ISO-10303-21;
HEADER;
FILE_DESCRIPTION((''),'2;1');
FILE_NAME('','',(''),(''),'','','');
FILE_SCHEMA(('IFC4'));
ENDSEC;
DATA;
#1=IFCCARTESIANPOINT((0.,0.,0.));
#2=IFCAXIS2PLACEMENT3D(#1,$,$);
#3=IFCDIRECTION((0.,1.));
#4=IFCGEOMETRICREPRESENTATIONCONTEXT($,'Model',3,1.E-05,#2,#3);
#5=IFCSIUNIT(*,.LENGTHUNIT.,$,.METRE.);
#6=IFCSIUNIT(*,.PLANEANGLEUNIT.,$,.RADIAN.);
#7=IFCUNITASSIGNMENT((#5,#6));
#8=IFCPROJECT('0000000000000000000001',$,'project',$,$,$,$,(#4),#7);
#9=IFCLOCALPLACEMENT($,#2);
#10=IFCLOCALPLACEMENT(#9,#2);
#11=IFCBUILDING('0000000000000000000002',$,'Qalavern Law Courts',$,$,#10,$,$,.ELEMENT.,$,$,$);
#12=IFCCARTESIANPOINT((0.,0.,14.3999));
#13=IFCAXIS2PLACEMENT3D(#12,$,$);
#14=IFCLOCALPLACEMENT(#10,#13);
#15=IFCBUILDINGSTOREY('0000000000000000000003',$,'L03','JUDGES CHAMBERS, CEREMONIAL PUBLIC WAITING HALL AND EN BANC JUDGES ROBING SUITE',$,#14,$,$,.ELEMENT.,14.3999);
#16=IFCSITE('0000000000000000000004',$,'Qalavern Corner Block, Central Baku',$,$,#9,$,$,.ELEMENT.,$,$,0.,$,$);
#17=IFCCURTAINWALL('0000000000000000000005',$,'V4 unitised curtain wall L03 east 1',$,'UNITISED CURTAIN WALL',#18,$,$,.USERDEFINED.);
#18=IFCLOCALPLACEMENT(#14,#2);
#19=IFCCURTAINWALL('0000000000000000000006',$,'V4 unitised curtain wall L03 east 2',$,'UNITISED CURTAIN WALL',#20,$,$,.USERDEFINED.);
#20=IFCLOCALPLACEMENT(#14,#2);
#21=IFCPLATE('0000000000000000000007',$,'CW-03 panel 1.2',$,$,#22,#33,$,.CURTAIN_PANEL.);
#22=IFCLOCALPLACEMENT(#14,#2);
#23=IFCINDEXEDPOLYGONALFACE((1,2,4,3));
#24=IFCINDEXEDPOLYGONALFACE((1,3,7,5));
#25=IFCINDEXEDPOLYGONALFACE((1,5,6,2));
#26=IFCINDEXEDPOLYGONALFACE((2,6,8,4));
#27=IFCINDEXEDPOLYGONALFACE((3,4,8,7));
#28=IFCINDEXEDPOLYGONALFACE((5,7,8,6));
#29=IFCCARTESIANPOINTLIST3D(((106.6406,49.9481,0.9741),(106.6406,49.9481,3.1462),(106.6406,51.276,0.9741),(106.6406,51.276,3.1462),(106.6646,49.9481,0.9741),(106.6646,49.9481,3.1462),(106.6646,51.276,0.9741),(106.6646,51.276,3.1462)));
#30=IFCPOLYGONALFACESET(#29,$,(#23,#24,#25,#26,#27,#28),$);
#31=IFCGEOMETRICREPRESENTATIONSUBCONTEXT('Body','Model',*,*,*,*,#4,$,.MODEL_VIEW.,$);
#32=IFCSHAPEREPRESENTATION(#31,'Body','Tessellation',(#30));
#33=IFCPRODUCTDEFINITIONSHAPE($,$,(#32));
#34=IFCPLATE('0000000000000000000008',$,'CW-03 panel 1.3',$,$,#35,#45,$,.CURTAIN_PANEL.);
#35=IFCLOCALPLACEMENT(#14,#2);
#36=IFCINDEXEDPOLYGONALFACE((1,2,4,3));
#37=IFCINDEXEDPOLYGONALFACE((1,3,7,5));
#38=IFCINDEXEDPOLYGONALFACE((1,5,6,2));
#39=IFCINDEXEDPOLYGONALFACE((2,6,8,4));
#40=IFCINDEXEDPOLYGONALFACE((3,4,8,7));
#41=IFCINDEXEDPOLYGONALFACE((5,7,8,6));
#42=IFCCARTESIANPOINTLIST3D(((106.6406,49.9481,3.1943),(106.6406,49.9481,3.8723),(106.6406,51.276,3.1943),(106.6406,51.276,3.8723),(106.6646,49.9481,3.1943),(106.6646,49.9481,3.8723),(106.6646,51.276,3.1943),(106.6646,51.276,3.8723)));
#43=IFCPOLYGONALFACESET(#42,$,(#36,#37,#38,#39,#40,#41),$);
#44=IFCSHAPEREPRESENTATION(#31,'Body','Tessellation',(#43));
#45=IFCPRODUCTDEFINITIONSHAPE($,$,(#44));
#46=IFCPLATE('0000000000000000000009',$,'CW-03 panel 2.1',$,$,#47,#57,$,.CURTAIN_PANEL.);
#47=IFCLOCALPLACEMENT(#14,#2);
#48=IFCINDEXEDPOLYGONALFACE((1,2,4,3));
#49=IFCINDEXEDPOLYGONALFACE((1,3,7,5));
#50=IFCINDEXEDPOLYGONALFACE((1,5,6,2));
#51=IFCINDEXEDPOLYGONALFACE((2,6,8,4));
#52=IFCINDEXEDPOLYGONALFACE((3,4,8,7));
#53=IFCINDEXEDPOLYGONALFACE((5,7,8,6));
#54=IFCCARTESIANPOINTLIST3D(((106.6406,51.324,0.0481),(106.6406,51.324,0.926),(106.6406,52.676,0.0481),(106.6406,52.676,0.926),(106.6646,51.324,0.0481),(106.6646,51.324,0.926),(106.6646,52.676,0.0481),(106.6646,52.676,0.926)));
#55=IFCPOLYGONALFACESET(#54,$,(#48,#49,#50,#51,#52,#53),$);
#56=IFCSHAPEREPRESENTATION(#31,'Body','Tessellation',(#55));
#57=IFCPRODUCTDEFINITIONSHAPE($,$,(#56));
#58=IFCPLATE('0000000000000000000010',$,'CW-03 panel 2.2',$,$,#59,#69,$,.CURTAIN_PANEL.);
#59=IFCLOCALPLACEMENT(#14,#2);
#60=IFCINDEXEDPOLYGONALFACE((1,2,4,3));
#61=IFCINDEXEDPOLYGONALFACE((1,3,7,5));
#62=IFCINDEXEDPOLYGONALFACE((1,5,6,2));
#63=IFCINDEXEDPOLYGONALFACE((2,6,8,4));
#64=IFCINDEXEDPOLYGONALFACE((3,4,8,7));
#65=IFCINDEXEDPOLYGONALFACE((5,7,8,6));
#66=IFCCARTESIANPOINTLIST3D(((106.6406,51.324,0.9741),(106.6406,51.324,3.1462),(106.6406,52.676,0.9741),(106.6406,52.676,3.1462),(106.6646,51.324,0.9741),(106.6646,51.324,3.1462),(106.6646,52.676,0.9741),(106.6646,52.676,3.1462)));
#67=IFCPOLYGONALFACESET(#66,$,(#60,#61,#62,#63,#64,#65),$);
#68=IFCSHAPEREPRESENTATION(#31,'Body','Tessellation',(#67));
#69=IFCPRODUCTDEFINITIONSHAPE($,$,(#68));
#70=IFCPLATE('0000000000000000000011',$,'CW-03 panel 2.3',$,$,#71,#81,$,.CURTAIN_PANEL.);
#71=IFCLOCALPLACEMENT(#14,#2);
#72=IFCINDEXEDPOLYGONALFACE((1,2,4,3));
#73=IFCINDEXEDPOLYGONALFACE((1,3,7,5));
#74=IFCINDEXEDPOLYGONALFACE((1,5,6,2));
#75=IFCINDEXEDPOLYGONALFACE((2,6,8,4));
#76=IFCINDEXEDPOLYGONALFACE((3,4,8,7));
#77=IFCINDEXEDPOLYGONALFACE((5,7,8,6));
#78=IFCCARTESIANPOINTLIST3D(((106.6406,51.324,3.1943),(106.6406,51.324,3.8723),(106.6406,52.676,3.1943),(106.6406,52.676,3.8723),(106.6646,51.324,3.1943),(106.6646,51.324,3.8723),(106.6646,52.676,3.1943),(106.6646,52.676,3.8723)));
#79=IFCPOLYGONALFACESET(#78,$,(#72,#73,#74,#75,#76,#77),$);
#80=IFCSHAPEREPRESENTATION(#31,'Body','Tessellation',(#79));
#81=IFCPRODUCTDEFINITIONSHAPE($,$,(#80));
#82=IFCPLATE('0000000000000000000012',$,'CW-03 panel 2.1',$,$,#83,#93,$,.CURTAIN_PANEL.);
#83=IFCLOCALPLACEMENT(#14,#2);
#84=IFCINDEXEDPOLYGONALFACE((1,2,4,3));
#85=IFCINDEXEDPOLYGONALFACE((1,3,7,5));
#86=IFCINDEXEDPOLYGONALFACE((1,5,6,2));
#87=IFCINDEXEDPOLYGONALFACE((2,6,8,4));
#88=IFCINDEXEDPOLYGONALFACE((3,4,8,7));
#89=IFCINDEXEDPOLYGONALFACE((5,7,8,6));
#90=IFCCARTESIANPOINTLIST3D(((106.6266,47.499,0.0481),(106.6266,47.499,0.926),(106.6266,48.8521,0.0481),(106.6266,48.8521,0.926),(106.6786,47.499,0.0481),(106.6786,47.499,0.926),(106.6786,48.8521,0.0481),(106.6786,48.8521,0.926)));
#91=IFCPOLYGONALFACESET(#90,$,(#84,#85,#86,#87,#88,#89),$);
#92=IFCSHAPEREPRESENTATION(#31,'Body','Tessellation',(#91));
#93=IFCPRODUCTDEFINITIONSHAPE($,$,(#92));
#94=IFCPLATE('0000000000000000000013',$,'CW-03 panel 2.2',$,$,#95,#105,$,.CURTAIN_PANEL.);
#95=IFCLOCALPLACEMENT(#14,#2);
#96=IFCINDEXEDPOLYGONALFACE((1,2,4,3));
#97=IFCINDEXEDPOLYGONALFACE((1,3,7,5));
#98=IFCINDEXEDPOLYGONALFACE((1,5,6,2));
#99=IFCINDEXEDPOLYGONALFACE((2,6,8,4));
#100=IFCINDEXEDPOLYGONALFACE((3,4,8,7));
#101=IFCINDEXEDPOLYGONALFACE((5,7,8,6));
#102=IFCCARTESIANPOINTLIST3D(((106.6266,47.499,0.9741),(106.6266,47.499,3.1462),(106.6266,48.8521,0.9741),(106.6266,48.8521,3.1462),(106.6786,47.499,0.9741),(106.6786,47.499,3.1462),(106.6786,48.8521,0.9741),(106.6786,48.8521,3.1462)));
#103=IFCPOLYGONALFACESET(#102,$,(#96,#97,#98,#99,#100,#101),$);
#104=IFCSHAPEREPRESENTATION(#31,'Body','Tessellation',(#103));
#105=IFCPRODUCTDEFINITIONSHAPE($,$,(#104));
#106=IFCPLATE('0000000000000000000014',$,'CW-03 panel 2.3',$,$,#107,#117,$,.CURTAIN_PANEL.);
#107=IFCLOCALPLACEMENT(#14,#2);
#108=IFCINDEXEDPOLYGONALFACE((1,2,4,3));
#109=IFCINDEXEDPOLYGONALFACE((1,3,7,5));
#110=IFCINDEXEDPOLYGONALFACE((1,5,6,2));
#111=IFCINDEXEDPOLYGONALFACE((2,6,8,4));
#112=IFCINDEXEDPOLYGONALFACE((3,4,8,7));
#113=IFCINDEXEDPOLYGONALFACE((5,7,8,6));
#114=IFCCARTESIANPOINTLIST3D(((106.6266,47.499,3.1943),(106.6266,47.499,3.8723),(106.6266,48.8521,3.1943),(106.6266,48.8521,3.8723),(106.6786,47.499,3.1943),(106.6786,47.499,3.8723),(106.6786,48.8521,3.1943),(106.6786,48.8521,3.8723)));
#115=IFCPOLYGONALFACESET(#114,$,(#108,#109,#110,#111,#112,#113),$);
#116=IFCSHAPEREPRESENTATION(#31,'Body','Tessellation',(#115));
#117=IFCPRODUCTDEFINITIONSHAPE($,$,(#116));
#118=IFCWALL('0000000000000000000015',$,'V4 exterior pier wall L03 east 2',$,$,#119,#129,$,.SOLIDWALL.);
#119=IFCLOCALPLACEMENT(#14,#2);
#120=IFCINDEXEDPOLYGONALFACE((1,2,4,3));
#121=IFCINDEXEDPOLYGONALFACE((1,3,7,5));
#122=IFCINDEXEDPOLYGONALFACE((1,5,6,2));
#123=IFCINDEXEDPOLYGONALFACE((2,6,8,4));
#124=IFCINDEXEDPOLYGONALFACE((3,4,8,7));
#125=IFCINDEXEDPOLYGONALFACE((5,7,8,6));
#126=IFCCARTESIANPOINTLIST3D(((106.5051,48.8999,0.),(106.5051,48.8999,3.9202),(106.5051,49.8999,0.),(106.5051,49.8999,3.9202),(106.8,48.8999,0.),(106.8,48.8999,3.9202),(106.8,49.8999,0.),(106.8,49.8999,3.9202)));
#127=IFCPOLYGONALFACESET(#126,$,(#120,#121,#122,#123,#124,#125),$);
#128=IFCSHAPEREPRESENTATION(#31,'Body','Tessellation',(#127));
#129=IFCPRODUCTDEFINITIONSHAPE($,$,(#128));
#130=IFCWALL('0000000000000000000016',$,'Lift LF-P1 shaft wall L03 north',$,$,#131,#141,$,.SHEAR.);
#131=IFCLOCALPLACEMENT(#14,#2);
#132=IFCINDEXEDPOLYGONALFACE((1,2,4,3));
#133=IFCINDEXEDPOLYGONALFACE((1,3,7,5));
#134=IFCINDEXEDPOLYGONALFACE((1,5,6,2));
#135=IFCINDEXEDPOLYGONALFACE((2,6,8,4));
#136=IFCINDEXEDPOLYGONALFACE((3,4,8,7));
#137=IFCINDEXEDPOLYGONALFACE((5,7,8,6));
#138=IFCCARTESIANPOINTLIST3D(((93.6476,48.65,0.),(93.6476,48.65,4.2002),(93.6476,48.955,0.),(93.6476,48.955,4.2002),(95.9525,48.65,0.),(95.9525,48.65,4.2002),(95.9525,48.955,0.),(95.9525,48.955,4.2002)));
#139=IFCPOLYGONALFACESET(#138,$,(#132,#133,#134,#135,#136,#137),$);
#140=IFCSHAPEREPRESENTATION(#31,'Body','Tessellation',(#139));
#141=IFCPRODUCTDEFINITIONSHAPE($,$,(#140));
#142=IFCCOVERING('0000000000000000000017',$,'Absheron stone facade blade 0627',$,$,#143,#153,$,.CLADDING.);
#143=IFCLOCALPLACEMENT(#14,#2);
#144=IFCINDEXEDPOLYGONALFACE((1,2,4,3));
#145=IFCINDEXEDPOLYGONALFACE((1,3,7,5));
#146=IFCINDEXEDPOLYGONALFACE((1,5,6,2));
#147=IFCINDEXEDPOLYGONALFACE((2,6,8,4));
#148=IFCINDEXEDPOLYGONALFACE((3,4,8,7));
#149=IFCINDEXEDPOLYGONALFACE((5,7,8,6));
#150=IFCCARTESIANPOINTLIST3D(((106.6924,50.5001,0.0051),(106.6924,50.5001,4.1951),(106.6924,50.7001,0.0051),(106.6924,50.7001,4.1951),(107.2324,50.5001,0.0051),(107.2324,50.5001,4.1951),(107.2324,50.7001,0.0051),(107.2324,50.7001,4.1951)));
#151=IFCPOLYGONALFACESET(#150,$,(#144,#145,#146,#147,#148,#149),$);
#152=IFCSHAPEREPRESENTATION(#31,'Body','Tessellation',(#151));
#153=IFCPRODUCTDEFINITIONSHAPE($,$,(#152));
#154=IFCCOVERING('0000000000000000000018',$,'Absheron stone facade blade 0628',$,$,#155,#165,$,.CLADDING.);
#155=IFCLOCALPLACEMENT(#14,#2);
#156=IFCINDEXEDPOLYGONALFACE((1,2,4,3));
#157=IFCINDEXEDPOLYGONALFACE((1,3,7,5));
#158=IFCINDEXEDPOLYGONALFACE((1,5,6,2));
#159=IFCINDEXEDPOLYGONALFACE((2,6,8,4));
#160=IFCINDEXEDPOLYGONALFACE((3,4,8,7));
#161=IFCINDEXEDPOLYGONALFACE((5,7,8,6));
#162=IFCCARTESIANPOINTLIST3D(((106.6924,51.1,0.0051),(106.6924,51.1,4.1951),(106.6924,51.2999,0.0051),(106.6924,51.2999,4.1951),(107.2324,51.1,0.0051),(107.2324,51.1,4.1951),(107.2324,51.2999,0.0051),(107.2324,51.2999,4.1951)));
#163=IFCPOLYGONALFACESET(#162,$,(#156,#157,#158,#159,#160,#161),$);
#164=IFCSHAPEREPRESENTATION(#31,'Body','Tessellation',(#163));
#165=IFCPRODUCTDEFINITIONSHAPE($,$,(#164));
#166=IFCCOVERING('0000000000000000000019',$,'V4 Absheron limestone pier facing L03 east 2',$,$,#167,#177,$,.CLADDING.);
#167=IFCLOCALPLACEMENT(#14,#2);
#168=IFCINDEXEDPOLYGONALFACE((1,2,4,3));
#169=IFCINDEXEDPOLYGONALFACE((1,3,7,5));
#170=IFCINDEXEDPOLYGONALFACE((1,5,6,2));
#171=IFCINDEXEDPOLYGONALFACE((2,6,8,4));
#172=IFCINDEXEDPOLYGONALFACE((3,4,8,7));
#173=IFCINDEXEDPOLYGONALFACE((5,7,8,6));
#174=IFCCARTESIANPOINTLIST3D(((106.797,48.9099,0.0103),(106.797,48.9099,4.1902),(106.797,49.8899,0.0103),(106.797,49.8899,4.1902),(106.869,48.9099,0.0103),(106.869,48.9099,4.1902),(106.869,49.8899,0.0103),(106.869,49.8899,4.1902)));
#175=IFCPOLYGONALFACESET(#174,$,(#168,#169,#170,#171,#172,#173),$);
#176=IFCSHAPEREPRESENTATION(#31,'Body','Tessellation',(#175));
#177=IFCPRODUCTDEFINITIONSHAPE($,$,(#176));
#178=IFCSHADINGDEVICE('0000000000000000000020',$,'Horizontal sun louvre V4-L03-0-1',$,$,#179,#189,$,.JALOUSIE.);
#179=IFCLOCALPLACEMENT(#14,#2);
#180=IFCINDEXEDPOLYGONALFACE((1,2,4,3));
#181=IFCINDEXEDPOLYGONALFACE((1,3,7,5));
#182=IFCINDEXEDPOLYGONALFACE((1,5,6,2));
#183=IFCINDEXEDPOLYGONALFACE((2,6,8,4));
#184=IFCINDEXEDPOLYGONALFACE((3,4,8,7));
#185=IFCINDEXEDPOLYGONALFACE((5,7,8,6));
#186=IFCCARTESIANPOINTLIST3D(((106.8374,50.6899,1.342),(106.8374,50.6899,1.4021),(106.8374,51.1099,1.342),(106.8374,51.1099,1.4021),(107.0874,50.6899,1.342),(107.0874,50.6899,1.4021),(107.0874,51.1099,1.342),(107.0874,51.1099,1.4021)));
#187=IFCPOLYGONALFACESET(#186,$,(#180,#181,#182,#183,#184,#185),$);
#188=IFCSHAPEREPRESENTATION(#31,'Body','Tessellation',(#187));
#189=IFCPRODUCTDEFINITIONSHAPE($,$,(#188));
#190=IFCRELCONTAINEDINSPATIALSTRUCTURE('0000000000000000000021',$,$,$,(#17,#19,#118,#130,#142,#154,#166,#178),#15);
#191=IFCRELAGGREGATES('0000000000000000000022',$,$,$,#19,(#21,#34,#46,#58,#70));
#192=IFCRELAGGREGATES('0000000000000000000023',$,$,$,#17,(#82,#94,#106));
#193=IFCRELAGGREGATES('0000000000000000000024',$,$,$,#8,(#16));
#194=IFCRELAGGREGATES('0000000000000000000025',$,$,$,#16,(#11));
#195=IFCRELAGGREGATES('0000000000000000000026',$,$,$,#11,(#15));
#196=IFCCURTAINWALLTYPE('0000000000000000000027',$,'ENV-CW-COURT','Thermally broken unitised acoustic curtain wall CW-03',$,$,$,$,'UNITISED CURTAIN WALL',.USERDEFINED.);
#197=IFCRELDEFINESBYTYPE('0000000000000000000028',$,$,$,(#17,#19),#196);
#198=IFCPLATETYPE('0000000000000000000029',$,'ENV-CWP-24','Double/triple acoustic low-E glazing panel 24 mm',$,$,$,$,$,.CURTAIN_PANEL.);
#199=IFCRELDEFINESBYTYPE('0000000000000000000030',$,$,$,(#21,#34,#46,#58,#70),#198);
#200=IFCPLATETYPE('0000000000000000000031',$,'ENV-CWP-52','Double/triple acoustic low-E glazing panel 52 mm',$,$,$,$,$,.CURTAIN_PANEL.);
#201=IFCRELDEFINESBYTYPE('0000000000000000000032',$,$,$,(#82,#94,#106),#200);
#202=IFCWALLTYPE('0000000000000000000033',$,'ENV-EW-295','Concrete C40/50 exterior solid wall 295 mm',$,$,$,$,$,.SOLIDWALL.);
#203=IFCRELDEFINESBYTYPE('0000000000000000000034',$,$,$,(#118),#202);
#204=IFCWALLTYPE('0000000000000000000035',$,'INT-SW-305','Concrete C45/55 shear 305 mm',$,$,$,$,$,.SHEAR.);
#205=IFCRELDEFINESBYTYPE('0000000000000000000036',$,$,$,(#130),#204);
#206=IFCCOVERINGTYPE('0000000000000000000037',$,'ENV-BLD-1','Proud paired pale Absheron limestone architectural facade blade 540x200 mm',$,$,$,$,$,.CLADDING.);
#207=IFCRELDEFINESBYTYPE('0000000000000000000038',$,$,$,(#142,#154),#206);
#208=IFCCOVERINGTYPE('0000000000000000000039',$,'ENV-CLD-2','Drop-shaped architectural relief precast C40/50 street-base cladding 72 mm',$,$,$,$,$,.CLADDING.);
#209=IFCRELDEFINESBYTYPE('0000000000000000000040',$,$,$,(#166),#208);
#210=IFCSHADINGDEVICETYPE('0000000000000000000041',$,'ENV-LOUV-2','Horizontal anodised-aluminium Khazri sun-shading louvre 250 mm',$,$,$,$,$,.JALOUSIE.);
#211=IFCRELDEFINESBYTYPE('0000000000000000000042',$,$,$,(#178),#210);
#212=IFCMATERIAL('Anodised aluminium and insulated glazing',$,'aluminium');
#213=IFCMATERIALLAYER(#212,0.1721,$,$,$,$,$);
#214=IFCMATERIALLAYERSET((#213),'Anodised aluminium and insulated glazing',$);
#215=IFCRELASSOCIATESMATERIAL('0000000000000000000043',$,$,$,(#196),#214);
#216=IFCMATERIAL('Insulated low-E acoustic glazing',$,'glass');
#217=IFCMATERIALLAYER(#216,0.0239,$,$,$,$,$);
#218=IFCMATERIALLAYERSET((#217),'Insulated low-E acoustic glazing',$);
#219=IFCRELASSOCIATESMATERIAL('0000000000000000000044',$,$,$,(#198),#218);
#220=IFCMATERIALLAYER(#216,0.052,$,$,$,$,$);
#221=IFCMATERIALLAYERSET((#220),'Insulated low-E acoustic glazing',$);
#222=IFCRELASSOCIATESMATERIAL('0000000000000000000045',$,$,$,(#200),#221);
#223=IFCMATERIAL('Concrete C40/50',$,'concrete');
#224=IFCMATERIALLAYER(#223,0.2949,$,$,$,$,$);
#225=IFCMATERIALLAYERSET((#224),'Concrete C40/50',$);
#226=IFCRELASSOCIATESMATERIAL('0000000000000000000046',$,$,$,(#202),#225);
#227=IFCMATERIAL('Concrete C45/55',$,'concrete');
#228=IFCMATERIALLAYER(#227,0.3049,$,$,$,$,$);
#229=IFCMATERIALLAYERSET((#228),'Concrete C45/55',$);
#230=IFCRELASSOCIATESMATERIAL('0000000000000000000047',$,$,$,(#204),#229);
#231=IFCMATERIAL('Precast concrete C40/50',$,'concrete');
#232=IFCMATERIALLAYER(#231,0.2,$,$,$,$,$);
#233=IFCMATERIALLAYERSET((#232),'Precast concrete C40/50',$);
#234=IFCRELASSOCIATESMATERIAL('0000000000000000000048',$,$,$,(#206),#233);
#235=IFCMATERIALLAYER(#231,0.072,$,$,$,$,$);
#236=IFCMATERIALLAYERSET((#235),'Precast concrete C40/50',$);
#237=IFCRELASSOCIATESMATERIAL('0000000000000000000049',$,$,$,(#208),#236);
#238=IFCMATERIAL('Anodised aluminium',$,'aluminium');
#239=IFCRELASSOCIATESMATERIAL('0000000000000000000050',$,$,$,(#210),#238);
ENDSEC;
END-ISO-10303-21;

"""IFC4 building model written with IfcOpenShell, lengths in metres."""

from ifc_helpers import new_model, si_unit, direction, frame, frame_2d, origin, origin_2d, place, context, subcontext, project, spatial, rectangle, extrude, material, layer, layer_set, type_object, element, aggregate, save


model = new_model("IFC4")

# Units and contexts
model_context = context("Model", 3, precision=1e-05, world=origin(), true_north=direction((0.0, 1.0)))
body_context = subcontext(model_context, "Body", "Model", "MODEL_VIEW")
ifc_project = project(units=[si_unit("LENGTHUNIT", "METRE"), si_unit("PLANEANGLEUNIT", "RADIAN")], contexts=[model_context])

# Site, building, storey
site_placement = place(None, origin())
site = spatial("IfcSite", under=ifc_project, at=site_placement, Name="Qalavern Corner Block, Central Baku", CompositionType="ELEMENT", RefElevation=0.0)
building_placement = place(site_placement, origin())
building = spatial("IfcBuilding", under=site, at=building_placement, Name="Qalavern Law Courts", CompositionType="ELEMENT")
storey_placement = place(building_placement, frame((0.0, 0.0, 14.3999)))
storey = spatial("IfcBuildingStorey", under=building, at=storey_placement, Name="L03", Description="JUDGES CHAMBERS, CEREMONIAL PUBLIC WAITING HALL AND EN BANC JUDGES ROBING SUITE", CompositionType="ELEMENT", Elevation=14.3999)

# Shared definitions
ifc_material_1 = material(Name="Concrete C45/55", Category="concrete")

# Curtain wall
ifc_material_2 = material(Name="Anodised aluminium and insulated glazing", Category="aluminium")
ifc_layer_1 = layer(ifc_material_2, 0.1721)
ifc_layer_set_1 = layer_set([ifc_layer_1], Name="Anodised aluminium and insulated glazing")
curtain_wall_type = type_object("IfcCurtainWallType", Name="ENV-CW-COURT", Description="Thermally broken unitised acoustic curtain wall CW-03", ElementType="UNITISED CURTAIN WALL", PredefinedType="USERDEFINED", material=ifc_layer_set_1)
curtain_wall_1_placement = place(storey_placement, origin())
curtain_wall_1 = element("IfcCurtainWall", 1, at=curtain_wall_1_placement, inside=storey, type_object=curtain_wall_type, Name="V4 unitised curtain wall L03 east 1", ObjectType="UNITISED CURTAIN WALL", PredefinedType="USERDEFINED")
ifc_material_3 = material(Name="Anodised aluminium", Category="aluminium")

# Curtain wall
curtain_wall_2_placement = place(storey_placement, origin())
curtain_wall_2 = element("IfcCurtainWall", 2, at=curtain_wall_2_placement, inside=storey, type_object=curtain_wall_type, Name="V4 unitised curtain wall L03 east 2", ObjectType="UNITISED CURTAIN WALL", PredefinedType="USERDEFINED")

# Plates
ifc_material_4 = material(Name="Insulated low-E acoustic glazing", Category="glass")
ifc_layer_2 = layer(ifc_material_4, 0.0239)
ifc_layer_set_2 = layer_set([ifc_layer_2], Name="Insulated low-E acoustic glazing")
plate_type_1 = type_object("IfcPlateType", Name="ENV-CWP-24", Description="Double/triple acoustic low-E glazing panel 24 mm", PredefinedType="CURTAIN_PANEL", material=ifc_layer_set_2)
plate_1_placement = place(storey_placement, frame((106.6526, 50.6121, 0.9741), z_axis=(0.0, 0.0, 1.0), x_axis=(0.0, 1.0, 0.0)))
plate_1 = element("IfcPlate", 3, at=plate_1_placement, type_object=plate_type_1, Name="CW-03 panel 1.2", PredefinedType="CURTAIN_PANEL", context=body_context, shape_type="SweptSolid", body=[
    extrude(rectangle(XDim=1.3279, YDim=0.0239, at=origin_2d()), origin(), (0.0, 0.0, 1.0), 2.1721),
])
plate_2_placement = place(storey_placement, frame((106.6526, 50.6121, 3.1943), z_axis=(0.0, 0.0, 1.0), x_axis=(0.0, 1.0, 0.0)))
plate_2 = element("IfcPlate", 4, at=plate_2_placement, type_object=plate_type_1, Name="CW-03 panel 1.3", PredefinedType="CURTAIN_PANEL", context=body_context, shape_type="SweptSolid", body=[
    extrude(rectangle(XDim=1.3279, YDim=0.0239, at=origin_2d()), origin(), (0.0, 0.0, 1.0), 0.678),
])
plate_3_placement = place(storey_placement, frame((106.6526, 52.0, 0.0481), z_axis=(0.0, 0.0, 1.0), x_axis=(0.0, 1.0, 0.0)))
plate_3 = element("IfcPlate", 5, at=plate_3_placement, type_object=plate_type_1, Name="CW-03 panel 2.1", PredefinedType="CURTAIN_PANEL", context=body_context, shape_type="SweptSolid", body=[
    extrude(rectangle(XDim=1.3521, YDim=0.0239, at=origin_2d()), origin(), (0.0, 0.0, 1.0), 0.8779),
])
plate_4_placement = place(storey_placement, frame((106.6526, 52.0, 0.9741), z_axis=(0.0, 0.0, 1.0), x_axis=(0.0, 1.0, 0.0)))
plate_4 = element("IfcPlate", 6, at=plate_4_placement, type_object=plate_type_1, Name="CW-03 panel 2.2", PredefinedType="CURTAIN_PANEL", context=body_context, shape_type="SweptSolid", body=[
    extrude(rectangle(XDim=1.3521, YDim=0.0239, at=origin_2d()), origin(), (0.0, 0.0, 1.0), 2.1721),
])
plate_5_placement = place(storey_placement, frame((106.6526, 52.0, 3.1943), z_axis=(0.0, 0.0, 1.0), x_axis=(0.0, 1.0, 0.0)))
plate_5 = element("IfcPlate", 7, at=plate_5_placement, type_object=plate_type_1, Name="CW-03 panel 2.3", PredefinedType="CURTAIN_PANEL", context=body_context, shape_type="SweptSolid", body=[
    extrude(rectangle(XDim=1.3521, YDim=0.0239, at=origin_2d()), origin(), (0.0, 0.0, 1.0), 0.678),
])
aggregate(curtain_wall_2, [plate_1, plate_2, plate_3, plate_4, plate_5])
ifc_layer_3 = layer(ifc_material_4, 0.052)
ifc_layer_set_3 = layer_set([ifc_layer_3], Name="Insulated low-E acoustic glazing")
plate_type_2 = type_object("IfcPlateType", Name="ENV-CWP-52", Description="Double/triple acoustic low-E glazing panel 52 mm", PredefinedType="CURTAIN_PANEL", material=ifc_layer_set_3)
plate_6_placement = place(storey_placement, frame((106.6526, 48.1755, 0.0481), z_axis=(0.0, 0.0, 1.0), x_axis=(0.0, 1.0, 0.0)))
plate_6 = element("IfcPlate", 8, at=plate_6_placement, type_object=plate_type_2, Name="CW-03 panel 2.1", PredefinedType="CURTAIN_PANEL", context=body_context, shape_type="SweptSolid", body=[
    extrude(rectangle(XDim=1.353, YDim=0.052, at=origin_2d()), origin(), (0.0, 0.0, 1.0), 0.8779),
])
plate_7_placement = place(storey_placement, frame((106.6526, 48.1755, 0.9741), z_axis=(0.0, 0.0, 1.0), x_axis=(0.0, 1.0, 0.0)))
plate_7 = element("IfcPlate", 9, at=plate_7_placement, type_object=plate_type_2, Name="CW-03 panel 2.2", PredefinedType="CURTAIN_PANEL", context=body_context, shape_type="SweptSolid", body=[
    extrude(rectangle(XDim=1.353, YDim=0.052, at=origin_2d()), origin(), (0.0, 0.0, 1.0), 2.1721),
])
plate_8_placement = place(storey_placement, frame((106.6526, 48.1755, 3.1943), z_axis=(0.0, 0.0, 1.0), x_axis=(0.0, 1.0, 0.0)))
plate_8 = element("IfcPlate", 10, at=plate_8_placement, type_object=plate_type_2, Name="CW-03 panel 2.3", PredefinedType="CURTAIN_PANEL", context=body_context, shape_type="SweptSolid", body=[
    extrude(rectangle(XDim=1.353, YDim=0.052, at=origin_2d()), origin(), (0.0, 0.0, 1.0), 0.678),
])
aggregate(curtain_wall_1, [plate_6, plate_7, plate_8])

# Walls
ifc_material_5 = material(Name="Concrete C40/50", Category="concrete")
ifc_layer_4 = layer(ifc_material_5, 0.2949)
ifc_layer_set_4 = layer_set([ifc_layer_4], Name="Concrete C40/50")
wall_type_1 = type_object("IfcWallType", Name="ENV-EW-295", Description="Concrete C40/50 exterior solid wall 295 mm", PredefinedType="SOLIDWALL", material=ifc_layer_set_4)
wall_placement = place(storey_placement, frame((106.6526, 48.8999, 0.0), z_axis=(0.0, 0.0, 1.0), x_axis=(0.0, 1.0, 0.0)))
element("IfcWall", 11, at=wall_placement, inside=storey, type_object=wall_type_1, Name="V4 exterior pier wall L03 east 2", PredefinedType="SOLIDWALL", context=body_context, shape_type="SweptSolid", body=[
    extrude(rectangle(XDim=1.0, YDim=0.2949, at=frame_2d((0.5, 0.0))), origin(), (0.0, 0.0, 1.0), 3.9202),
])
ifc_layer_5 = layer(ifc_material_1, 0.3049)
ifc_layer_set_5 = layer_set([ifc_layer_5], Name="Concrete C45/55")
wall_type_2 = type_object("IfcWallType", Name="INT-SW-305", Description="Concrete C45/55 shear 305 mm", PredefinedType="SHEAR", material=ifc_layer_set_5)
for number, where, z_axis, x_axis, name in (
    (12, (95.9524, 48.8025, 0.0), (0.0, 0.0, 1.0), (-1.0, 0.0, 0.0), "Lift LF-P1 shaft wall L03 north"),
):
    element("IfcWall", number, at=place(storey_placement, frame(where, z_axis=z_axis, x_axis=x_axis)), inside=storey, type_object=wall_type_2, Name=name, PredefinedType="SHEAR", context=body_context, shape_type="SweptSolid", body=[
        extrude(rectangle(XDim=2.3049, YDim=0.3049, at=frame_2d((1.1523, 0.0))), origin(), (0.0, 0.0, 1.0), 4.2002),
    ])

# Coverings
ifc_material_6 = material(Name="Precast concrete C40/50", Category="concrete")
ifc_layer_6 = layer(ifc_material_6, 0.2)
ifc_layer_set_6 = layer_set([ifc_layer_6], Name="Precast concrete C40/50")
covering_type_1 = type_object("IfcCoveringType", Name="ENV-BLD-1", Description="Proud paired pale Absheron limestone architectural facade blade 540x200 mm", PredefinedType="CLADDING", material=ifc_layer_set_6)
for number, where, z_axis, x_axis, name in (
    (13, (106.9624, 50.6001, 0.0051), (0.0, 0.0, 1.0), (1.0, 0.0, 0.0), "Absheron stone facade blade 0627"),
    (14, (106.9624, 51.2, 0.0051), (0.0, 0.0, 1.0), (1.0, 0.0, 0.0), "Absheron stone facade blade 0628"),
):
    element("IfcCovering", number, at=place(storey_placement, frame(where, z_axis=z_axis, x_axis=x_axis)), inside=storey, type_object=covering_type_1, Name=name, PredefinedType="CLADDING", context=body_context, shape_type="SweptSolid", body=[
        extrude(rectangle(XDim=0.54, YDim=0.2, at=origin_2d()), origin(), (0.0, 0.0, 1.0), 4.1899),
    ])
ifc_layer_7 = layer(ifc_material_6, 0.072)
ifc_layer_set_7 = layer_set([ifc_layer_7], Name="Precast concrete C40/50")
covering_type_2 = type_object("IfcCoveringType", Name="ENV-CLD-2", Description="Drop-shaped architectural relief precast C40/50 street-base cladding 72 mm", PredefinedType="CLADDING", material=ifc_layer_set_7)
covering_placement = place(storey_placement, frame((106.833, 49.3999, 0.0103), z_axis=(0.0, 0.0, 1.0), x_axis=(0.0, 1.0, 0.0)))
element("IfcCovering", 15, at=covering_placement, inside=storey, type_object=covering_type_2, Name="V4 Absheron limestone pier facing L03 east 2", PredefinedType="CLADDING", context=body_context, shape_type="SweptSolid", body=[
    extrude(rectangle(XDim=0.98, YDim=0.072, at=origin_2d()), origin(), (0.0, 0.0, 1.0), 4.1799),
])

# Shading device
shading_device_type = type_object("IfcShadingDeviceType", Name="ENV-LOUV-2", Description="Horizontal anodised-aluminium Khazri sun-shading louvre 250 mm", PredefinedType="JALOUSIE", material=ifc_material_3)
for number, where, z_axis, x_axis, name in (
    (16, (106.9624, 50.8999, 1.342), (0.0, 0.0, 1.0), (0.0, 1.0, 0.0), "Horizontal sun louvre V4-L03-0-1"),
):
    element("IfcShadingDevice", number, at=place(storey_placement, frame(where, z_axis=z_axis, x_axis=x_axis)), inside=storey, type_object=shading_device_type, Name=name, PredefinedType="JALOUSIE", context=body_context, shape_type="SweptSolid", body=[
        extrude(rectangle(XDim=0.4199, YDim=0.25, at=origin_2d()), origin(), (0.0, 0.0, 1.0), 0.0601),
    ])

save(model, "model.ifc")
